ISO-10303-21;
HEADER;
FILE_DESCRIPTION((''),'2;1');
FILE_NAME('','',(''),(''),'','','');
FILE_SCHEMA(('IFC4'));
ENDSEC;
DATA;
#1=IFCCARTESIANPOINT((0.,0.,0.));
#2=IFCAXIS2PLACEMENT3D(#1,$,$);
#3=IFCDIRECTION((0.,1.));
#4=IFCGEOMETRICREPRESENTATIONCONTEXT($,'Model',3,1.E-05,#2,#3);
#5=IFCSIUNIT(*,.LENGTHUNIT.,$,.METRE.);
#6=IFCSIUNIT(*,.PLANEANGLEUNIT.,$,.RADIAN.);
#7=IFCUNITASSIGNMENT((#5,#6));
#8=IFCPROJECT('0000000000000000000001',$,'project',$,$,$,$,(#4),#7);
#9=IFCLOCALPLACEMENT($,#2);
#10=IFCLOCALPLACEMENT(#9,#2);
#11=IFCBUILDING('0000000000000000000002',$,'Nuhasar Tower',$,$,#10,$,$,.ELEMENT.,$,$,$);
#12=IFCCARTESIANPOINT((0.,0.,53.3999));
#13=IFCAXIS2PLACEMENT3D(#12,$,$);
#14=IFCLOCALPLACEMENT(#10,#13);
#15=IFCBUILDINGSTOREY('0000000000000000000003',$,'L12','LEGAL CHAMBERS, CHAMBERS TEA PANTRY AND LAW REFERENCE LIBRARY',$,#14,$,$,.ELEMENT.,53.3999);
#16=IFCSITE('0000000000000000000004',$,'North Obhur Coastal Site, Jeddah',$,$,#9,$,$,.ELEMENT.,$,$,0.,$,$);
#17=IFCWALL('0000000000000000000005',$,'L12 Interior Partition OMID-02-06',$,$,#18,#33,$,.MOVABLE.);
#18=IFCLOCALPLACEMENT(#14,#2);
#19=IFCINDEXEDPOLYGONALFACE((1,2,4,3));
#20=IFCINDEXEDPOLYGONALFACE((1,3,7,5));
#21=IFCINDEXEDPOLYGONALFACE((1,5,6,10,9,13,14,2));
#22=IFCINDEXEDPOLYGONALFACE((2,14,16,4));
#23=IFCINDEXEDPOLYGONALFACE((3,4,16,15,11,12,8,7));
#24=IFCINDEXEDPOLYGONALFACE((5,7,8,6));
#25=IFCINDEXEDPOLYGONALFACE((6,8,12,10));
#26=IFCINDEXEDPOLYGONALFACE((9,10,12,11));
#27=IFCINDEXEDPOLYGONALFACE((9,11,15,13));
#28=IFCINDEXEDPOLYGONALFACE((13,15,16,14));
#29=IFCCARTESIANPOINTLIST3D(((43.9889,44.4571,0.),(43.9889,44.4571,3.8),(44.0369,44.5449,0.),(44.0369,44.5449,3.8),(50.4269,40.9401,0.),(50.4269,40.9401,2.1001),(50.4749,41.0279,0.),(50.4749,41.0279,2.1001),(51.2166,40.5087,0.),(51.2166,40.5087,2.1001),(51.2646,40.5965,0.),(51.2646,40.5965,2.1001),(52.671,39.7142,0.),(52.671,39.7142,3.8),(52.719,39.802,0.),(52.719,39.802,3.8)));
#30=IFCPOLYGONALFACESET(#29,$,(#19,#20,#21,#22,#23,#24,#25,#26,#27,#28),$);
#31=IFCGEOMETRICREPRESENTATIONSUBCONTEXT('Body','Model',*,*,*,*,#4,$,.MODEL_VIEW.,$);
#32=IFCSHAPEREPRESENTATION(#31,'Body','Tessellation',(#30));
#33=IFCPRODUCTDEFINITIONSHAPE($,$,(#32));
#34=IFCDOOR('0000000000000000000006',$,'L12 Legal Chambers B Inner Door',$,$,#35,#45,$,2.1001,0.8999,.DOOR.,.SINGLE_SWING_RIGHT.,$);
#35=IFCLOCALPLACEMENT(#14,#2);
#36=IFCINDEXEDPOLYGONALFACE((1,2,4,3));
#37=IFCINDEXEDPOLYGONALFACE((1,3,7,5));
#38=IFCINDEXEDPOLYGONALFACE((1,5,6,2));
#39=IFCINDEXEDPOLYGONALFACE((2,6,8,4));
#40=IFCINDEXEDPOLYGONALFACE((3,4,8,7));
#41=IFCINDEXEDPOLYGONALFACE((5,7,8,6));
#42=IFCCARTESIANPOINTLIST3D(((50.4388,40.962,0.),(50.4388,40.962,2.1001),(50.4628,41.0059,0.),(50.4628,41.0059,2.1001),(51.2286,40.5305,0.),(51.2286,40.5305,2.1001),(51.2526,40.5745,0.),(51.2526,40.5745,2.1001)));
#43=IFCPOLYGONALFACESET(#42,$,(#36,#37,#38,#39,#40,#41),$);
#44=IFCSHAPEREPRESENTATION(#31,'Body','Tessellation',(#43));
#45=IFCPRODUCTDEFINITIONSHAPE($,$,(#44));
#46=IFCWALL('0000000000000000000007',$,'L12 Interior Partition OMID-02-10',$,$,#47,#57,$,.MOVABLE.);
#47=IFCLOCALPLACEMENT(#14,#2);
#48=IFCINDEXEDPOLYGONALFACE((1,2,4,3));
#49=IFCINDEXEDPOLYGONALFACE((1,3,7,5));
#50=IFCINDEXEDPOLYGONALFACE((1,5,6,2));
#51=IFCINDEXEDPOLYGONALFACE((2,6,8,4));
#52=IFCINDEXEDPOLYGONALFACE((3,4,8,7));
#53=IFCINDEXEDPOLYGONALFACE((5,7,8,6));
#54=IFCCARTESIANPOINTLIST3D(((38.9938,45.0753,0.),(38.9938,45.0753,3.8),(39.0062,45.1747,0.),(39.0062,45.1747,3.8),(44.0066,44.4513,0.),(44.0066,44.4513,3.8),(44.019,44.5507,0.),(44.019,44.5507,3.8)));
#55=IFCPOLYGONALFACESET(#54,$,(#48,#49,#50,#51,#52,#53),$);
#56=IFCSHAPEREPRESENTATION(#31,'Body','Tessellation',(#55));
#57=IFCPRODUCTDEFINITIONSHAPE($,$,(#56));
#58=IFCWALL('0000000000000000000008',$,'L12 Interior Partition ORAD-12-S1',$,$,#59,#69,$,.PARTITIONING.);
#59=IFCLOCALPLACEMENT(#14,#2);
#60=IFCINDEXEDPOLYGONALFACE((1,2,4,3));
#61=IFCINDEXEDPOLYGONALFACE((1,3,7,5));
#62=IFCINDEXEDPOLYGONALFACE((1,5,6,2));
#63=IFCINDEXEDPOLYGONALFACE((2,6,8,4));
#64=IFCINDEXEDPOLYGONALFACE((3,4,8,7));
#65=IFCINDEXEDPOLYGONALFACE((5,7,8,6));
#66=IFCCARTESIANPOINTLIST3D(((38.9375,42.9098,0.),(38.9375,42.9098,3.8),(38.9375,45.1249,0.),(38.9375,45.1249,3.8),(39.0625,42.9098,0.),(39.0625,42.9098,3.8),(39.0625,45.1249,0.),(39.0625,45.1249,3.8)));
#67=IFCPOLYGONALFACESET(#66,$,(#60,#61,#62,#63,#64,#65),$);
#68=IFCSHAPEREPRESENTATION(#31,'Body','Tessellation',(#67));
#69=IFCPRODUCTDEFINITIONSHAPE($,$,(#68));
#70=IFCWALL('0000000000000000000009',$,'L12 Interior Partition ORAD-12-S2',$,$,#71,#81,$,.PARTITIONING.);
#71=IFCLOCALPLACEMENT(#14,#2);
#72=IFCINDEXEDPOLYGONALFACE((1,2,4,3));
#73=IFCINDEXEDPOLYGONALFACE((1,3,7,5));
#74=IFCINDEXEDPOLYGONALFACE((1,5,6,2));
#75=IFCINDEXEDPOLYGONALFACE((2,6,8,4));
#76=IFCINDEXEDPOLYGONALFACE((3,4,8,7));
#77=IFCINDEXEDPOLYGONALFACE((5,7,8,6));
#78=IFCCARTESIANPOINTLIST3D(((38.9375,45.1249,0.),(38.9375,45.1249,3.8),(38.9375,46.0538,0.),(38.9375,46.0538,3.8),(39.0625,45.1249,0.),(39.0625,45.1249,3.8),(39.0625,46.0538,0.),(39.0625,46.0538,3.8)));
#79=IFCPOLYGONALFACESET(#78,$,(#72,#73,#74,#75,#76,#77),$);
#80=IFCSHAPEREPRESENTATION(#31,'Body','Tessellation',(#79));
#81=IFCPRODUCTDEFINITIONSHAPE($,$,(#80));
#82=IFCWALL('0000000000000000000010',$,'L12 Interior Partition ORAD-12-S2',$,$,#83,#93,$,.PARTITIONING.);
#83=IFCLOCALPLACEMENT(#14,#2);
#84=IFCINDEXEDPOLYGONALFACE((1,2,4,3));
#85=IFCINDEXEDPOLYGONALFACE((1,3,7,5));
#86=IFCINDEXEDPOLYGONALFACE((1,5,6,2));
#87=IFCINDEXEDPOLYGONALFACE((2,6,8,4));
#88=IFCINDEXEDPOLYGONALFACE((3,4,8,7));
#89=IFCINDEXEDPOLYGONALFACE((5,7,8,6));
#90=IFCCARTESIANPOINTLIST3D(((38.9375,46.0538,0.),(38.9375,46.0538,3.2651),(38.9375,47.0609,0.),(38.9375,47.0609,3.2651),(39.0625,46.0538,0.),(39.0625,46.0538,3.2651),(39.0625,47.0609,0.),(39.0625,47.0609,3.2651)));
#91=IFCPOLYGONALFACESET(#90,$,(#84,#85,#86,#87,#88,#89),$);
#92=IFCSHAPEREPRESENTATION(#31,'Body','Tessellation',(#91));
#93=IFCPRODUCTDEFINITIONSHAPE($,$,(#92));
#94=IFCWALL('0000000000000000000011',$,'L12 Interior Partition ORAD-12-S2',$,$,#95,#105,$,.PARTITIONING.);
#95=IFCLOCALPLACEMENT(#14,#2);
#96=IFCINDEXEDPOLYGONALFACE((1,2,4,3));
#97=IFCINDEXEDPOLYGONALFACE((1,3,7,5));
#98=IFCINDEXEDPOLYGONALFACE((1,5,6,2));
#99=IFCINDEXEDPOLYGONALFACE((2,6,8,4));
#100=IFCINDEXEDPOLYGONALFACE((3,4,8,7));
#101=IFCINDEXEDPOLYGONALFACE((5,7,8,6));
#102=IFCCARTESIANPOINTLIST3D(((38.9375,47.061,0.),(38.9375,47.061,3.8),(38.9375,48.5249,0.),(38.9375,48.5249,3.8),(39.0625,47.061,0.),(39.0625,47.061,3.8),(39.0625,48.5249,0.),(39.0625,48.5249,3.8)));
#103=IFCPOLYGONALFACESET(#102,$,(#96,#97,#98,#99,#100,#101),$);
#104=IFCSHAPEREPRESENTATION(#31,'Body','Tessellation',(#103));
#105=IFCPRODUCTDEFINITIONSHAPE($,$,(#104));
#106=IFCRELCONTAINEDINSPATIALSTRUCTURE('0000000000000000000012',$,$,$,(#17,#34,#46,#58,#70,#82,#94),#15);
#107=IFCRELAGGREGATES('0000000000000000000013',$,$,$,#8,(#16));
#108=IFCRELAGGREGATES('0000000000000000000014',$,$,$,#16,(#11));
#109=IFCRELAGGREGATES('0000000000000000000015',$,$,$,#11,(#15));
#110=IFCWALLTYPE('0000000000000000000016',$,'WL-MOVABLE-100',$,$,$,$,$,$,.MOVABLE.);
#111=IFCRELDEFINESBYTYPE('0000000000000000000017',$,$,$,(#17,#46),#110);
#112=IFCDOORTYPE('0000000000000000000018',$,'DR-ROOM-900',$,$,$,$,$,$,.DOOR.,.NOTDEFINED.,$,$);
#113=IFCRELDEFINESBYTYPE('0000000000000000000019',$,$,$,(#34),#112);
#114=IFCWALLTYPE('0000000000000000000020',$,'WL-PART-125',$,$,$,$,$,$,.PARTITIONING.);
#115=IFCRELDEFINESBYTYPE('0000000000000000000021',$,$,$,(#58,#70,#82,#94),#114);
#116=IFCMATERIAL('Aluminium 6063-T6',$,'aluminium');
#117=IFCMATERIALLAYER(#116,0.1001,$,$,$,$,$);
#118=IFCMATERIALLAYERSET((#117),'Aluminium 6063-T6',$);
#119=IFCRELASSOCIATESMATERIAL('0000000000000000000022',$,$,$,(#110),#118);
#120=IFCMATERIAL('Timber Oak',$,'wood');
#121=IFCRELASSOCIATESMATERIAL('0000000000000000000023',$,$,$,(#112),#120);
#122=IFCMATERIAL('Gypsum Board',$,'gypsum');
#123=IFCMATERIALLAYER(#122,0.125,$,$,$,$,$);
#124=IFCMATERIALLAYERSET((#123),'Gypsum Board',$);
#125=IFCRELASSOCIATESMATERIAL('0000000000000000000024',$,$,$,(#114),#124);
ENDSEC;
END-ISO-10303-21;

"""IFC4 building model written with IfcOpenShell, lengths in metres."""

from ifc_helpers import new_model, si_unit, direction, frame, frame_2d, origin, place, context, subcontext, project, spatial, rectangle, extrude, material, layer, layer_set, type_object, element, fill, save


model = new_model("IFC4")

# Units and contexts
model_context = context("Model", 3, precision=1e-05, world=origin(), true_north=direction((0.0, 1.0)))
body_context = subcontext(model_context, "Body", "Model", "MODEL_VIEW")
ifc_project = project(units=[si_unit("LENGTHUNIT", "METRE"), si_unit("PLANEANGLEUNIT", "RADIAN")], contexts=[model_context])

# Site, building, storey
site_placement = place(None, origin())
site = spatial("IfcSite", under=ifc_project, at=site_placement, Name="North Obhur Coastal Site, Jeddah", CompositionType="ELEMENT", RefElevation=0.0)
building_placement = place(site_placement, origin())
building = spatial("IfcBuilding", under=site, at=building_placement, Name="Nuhasar Tower", CompositionType="ELEMENT")
storey_placement = place(building_placement, frame((0.0, 0.0, 53.3999)))
storey = spatial("IfcBuildingStorey", under=building, at=storey_placement, Name="L12", Description="LEGAL CHAMBERS, CHAMBERS TEA PANTRY AND LAW REFERENCE LIBRARY", CompositionType="ELEMENT", Elevation=53.3999)

# Shared definitions
ifc_material_1 = material(Name="Aluminium 6063-T6", Category="aluminium")

# Shared definitions
ifc_material_2 = material(Name="Gypsum Board", Category="gypsum")

# Wall, opening, door
ifc_layer_1 = layer(ifc_material_1, 0.1001)
ifc_layer_set_1 = layer_set([ifc_layer_1], Name="Aluminium 6063-T6")
wall_type_1 = type_object("IfcWallType", Name="WL-MOVABLE-100", PredefinedType="MOVABLE", material=ifc_layer_set_1)
wall_1_placement = place(storey_placement, frame((44.0129, 44.501, 0.0), z_axis=(0.0, 0.0, 1.0), x_axis=(0.877589, -0.479414, 0.0)))
wall_1 = element("IfcWall", 1, at=wall_1_placement, inside=storey, type_object=wall_type_1, Name="L12 Interior Partition OMID-02-06", PredefinedType="MOVABLE", context=body_context, shape_type="SweptSolid", body=[
    extrude(rectangle(XDim=9.8931, YDim=0.1001, at=frame_2d((4.9465, 0.0))), origin(), (0.0, 0.0, 1.0), 3.8),
])
opening_placement = place(wall_1_placement, frame((7.3359, 0.0, 0.0)))
opening = element("IfcOpeningElement", 2, at=opening_placement, cuts=wall_1, PredefinedType="OPENING", context=body_context, shape_type="SweptSolid", body=[
    extrude(rectangle(XDim=0.8999, YDim=2.1001, at=frame_2d((0.45, 1.05))), frame((0.0, 0.0601, 0.0), z_axis=(0.0, -1.0, 0.0), x_axis=(1.0, 0.0, 0.0)), (0.0, 0.0, 1.0), 0.1201),
])
ifc_material_3 = material(Name="Timber Oak", Category="wood")
door_type = type_object("IfcDoorType", Name="DR-ROOM-900", OperationType="NOTDEFINED", PredefinedType="DOOR", material=ifc_material_3)
door_placement = place(opening_placement, origin())
door = element("IfcDoor", 3, at=door_placement, inside=storey, type_object=door_type, Name="L12 Legal Chambers B Inner Door", OperationType="SINGLE_SWING_RIGHT", OverallHeight=2.1001, OverallWidth=0.8999, PredefinedType="DOOR", context=body_context, shape_type="SweptSolid", body=[
    extrude(rectangle(XDim=0.8999, YDim=2.1001, at=frame_2d((0.45, 1.05))), frame((0.0, 0.0249, 0.0), z_axis=(0.0, -1.0, 0.0), x_axis=(1.0, 0.0, 0.0)), (0.0, 0.0, 1.0), 0.05),
])
fill(opening, door)

# Walls
wall_2_placement = place(storey_placement, frame((44.0129, 44.501, 0.0), z_axis=(0.0, 0.0, 1.0), x_axis=(-0.992341, 0.123529, 0.0)))
element("IfcWall", 4, at=wall_2_placement, inside=storey, type_object=wall_type_1, Name="L12 Interior Partition OMID-02-10", PredefinedType="MOVABLE", context=body_context, shape_type="SweptSolid", body=[
    extrude(rectangle(XDim=5.0515, YDim=0.1001, at=frame_2d((2.5259, 0.0))), origin(), (0.0, 0.0, 1.0), 3.8),
])
ifc_layer_2 = layer(ifc_material_2, 0.125)
ifc_layer_set_2 = layer_set([ifc_layer_2], Name="Gypsum Board")
wall_type_2 = type_object("IfcWallType", Name="WL-PART-125", PredefinedType="PARTITIONING", material=ifc_layer_set_2)
wall_3_placement = place(storey_placement, frame((39.0, 42.9099, 0.0), z_axis=(0.0, 0.0, 1.0), x_axis=(0.0, 1.0, 0.0)))
element("IfcWall", 5, at=wall_3_placement, inside=storey, type_object=wall_type_2, Name="L12 Interior Partition ORAD-12-S1", PredefinedType="PARTITIONING", context=body_context, shape_type="SweptSolid", body=[
    extrude(rectangle(XDim=2.2151, YDim=0.125, at=frame_2d((1.1074, 0.0))), origin(), (0.0, 0.0, 1.0), 3.8),
])
wall_4_placement = place(storey_placement, frame((39.0, 45.125, 0.0), z_axis=(0.0, 0.0, 1.0), x_axis=(0.0, 1.0, 0.0)))
element("IfcWall", 6, at=wall_4_placement, inside=storey, type_object=wall_type_2, Name="L12 Interior Partition ORAD-12-S2", PredefinedType="PARTITIONING", context=body_context, shape_type="SweptSolid", body=[
    extrude(rectangle(XDim=0.929, YDim=0.125, at=frame_2d((0.4644, 0.0))), origin(), (0.0, 0.0, 1.0), 3.8),
])
wall_5_placement = place(storey_placement, frame((39.0, 46.054, 0.0), z_axis=(0.0, 0.0, 1.0), x_axis=(0.0, 1.0, 0.0)))
element("IfcWall", 7, at=wall_5_placement, inside=storey, type_object=wall_type_2, Name="L12 Interior Partition ORAD-12-S2", PredefinedType="PARTITIONING", context=body_context, shape_type="SweptSolid", body=[
    extrude(rectangle(XDim=1.0071, YDim=0.125, at=frame_2d((0.5034, 0.0))), origin(), (0.0, 0.0, 1.0), 3.2651),
])
wall_6_placement = place(storey_placement, frame((39.0, 47.061, 0.0), z_axis=(0.0, 0.0, 1.0), x_axis=(0.0, 1.0, 0.0)))
element("IfcWall", 8, at=wall_6_placement, inside=storey, type_object=wall_type_2, Name="L12 Interior Partition ORAD-12-S2", PredefinedType="PARTITIONING", context=body_context, shape_type="SweptSolid", body=[
    extrude(rectangle(XDim=1.4639, YDim=0.125, at=frame_2d((0.7319, 0.0))), origin(), (0.0, 0.0, 1.0), 3.8),
])

save(model, "model.ifc")
